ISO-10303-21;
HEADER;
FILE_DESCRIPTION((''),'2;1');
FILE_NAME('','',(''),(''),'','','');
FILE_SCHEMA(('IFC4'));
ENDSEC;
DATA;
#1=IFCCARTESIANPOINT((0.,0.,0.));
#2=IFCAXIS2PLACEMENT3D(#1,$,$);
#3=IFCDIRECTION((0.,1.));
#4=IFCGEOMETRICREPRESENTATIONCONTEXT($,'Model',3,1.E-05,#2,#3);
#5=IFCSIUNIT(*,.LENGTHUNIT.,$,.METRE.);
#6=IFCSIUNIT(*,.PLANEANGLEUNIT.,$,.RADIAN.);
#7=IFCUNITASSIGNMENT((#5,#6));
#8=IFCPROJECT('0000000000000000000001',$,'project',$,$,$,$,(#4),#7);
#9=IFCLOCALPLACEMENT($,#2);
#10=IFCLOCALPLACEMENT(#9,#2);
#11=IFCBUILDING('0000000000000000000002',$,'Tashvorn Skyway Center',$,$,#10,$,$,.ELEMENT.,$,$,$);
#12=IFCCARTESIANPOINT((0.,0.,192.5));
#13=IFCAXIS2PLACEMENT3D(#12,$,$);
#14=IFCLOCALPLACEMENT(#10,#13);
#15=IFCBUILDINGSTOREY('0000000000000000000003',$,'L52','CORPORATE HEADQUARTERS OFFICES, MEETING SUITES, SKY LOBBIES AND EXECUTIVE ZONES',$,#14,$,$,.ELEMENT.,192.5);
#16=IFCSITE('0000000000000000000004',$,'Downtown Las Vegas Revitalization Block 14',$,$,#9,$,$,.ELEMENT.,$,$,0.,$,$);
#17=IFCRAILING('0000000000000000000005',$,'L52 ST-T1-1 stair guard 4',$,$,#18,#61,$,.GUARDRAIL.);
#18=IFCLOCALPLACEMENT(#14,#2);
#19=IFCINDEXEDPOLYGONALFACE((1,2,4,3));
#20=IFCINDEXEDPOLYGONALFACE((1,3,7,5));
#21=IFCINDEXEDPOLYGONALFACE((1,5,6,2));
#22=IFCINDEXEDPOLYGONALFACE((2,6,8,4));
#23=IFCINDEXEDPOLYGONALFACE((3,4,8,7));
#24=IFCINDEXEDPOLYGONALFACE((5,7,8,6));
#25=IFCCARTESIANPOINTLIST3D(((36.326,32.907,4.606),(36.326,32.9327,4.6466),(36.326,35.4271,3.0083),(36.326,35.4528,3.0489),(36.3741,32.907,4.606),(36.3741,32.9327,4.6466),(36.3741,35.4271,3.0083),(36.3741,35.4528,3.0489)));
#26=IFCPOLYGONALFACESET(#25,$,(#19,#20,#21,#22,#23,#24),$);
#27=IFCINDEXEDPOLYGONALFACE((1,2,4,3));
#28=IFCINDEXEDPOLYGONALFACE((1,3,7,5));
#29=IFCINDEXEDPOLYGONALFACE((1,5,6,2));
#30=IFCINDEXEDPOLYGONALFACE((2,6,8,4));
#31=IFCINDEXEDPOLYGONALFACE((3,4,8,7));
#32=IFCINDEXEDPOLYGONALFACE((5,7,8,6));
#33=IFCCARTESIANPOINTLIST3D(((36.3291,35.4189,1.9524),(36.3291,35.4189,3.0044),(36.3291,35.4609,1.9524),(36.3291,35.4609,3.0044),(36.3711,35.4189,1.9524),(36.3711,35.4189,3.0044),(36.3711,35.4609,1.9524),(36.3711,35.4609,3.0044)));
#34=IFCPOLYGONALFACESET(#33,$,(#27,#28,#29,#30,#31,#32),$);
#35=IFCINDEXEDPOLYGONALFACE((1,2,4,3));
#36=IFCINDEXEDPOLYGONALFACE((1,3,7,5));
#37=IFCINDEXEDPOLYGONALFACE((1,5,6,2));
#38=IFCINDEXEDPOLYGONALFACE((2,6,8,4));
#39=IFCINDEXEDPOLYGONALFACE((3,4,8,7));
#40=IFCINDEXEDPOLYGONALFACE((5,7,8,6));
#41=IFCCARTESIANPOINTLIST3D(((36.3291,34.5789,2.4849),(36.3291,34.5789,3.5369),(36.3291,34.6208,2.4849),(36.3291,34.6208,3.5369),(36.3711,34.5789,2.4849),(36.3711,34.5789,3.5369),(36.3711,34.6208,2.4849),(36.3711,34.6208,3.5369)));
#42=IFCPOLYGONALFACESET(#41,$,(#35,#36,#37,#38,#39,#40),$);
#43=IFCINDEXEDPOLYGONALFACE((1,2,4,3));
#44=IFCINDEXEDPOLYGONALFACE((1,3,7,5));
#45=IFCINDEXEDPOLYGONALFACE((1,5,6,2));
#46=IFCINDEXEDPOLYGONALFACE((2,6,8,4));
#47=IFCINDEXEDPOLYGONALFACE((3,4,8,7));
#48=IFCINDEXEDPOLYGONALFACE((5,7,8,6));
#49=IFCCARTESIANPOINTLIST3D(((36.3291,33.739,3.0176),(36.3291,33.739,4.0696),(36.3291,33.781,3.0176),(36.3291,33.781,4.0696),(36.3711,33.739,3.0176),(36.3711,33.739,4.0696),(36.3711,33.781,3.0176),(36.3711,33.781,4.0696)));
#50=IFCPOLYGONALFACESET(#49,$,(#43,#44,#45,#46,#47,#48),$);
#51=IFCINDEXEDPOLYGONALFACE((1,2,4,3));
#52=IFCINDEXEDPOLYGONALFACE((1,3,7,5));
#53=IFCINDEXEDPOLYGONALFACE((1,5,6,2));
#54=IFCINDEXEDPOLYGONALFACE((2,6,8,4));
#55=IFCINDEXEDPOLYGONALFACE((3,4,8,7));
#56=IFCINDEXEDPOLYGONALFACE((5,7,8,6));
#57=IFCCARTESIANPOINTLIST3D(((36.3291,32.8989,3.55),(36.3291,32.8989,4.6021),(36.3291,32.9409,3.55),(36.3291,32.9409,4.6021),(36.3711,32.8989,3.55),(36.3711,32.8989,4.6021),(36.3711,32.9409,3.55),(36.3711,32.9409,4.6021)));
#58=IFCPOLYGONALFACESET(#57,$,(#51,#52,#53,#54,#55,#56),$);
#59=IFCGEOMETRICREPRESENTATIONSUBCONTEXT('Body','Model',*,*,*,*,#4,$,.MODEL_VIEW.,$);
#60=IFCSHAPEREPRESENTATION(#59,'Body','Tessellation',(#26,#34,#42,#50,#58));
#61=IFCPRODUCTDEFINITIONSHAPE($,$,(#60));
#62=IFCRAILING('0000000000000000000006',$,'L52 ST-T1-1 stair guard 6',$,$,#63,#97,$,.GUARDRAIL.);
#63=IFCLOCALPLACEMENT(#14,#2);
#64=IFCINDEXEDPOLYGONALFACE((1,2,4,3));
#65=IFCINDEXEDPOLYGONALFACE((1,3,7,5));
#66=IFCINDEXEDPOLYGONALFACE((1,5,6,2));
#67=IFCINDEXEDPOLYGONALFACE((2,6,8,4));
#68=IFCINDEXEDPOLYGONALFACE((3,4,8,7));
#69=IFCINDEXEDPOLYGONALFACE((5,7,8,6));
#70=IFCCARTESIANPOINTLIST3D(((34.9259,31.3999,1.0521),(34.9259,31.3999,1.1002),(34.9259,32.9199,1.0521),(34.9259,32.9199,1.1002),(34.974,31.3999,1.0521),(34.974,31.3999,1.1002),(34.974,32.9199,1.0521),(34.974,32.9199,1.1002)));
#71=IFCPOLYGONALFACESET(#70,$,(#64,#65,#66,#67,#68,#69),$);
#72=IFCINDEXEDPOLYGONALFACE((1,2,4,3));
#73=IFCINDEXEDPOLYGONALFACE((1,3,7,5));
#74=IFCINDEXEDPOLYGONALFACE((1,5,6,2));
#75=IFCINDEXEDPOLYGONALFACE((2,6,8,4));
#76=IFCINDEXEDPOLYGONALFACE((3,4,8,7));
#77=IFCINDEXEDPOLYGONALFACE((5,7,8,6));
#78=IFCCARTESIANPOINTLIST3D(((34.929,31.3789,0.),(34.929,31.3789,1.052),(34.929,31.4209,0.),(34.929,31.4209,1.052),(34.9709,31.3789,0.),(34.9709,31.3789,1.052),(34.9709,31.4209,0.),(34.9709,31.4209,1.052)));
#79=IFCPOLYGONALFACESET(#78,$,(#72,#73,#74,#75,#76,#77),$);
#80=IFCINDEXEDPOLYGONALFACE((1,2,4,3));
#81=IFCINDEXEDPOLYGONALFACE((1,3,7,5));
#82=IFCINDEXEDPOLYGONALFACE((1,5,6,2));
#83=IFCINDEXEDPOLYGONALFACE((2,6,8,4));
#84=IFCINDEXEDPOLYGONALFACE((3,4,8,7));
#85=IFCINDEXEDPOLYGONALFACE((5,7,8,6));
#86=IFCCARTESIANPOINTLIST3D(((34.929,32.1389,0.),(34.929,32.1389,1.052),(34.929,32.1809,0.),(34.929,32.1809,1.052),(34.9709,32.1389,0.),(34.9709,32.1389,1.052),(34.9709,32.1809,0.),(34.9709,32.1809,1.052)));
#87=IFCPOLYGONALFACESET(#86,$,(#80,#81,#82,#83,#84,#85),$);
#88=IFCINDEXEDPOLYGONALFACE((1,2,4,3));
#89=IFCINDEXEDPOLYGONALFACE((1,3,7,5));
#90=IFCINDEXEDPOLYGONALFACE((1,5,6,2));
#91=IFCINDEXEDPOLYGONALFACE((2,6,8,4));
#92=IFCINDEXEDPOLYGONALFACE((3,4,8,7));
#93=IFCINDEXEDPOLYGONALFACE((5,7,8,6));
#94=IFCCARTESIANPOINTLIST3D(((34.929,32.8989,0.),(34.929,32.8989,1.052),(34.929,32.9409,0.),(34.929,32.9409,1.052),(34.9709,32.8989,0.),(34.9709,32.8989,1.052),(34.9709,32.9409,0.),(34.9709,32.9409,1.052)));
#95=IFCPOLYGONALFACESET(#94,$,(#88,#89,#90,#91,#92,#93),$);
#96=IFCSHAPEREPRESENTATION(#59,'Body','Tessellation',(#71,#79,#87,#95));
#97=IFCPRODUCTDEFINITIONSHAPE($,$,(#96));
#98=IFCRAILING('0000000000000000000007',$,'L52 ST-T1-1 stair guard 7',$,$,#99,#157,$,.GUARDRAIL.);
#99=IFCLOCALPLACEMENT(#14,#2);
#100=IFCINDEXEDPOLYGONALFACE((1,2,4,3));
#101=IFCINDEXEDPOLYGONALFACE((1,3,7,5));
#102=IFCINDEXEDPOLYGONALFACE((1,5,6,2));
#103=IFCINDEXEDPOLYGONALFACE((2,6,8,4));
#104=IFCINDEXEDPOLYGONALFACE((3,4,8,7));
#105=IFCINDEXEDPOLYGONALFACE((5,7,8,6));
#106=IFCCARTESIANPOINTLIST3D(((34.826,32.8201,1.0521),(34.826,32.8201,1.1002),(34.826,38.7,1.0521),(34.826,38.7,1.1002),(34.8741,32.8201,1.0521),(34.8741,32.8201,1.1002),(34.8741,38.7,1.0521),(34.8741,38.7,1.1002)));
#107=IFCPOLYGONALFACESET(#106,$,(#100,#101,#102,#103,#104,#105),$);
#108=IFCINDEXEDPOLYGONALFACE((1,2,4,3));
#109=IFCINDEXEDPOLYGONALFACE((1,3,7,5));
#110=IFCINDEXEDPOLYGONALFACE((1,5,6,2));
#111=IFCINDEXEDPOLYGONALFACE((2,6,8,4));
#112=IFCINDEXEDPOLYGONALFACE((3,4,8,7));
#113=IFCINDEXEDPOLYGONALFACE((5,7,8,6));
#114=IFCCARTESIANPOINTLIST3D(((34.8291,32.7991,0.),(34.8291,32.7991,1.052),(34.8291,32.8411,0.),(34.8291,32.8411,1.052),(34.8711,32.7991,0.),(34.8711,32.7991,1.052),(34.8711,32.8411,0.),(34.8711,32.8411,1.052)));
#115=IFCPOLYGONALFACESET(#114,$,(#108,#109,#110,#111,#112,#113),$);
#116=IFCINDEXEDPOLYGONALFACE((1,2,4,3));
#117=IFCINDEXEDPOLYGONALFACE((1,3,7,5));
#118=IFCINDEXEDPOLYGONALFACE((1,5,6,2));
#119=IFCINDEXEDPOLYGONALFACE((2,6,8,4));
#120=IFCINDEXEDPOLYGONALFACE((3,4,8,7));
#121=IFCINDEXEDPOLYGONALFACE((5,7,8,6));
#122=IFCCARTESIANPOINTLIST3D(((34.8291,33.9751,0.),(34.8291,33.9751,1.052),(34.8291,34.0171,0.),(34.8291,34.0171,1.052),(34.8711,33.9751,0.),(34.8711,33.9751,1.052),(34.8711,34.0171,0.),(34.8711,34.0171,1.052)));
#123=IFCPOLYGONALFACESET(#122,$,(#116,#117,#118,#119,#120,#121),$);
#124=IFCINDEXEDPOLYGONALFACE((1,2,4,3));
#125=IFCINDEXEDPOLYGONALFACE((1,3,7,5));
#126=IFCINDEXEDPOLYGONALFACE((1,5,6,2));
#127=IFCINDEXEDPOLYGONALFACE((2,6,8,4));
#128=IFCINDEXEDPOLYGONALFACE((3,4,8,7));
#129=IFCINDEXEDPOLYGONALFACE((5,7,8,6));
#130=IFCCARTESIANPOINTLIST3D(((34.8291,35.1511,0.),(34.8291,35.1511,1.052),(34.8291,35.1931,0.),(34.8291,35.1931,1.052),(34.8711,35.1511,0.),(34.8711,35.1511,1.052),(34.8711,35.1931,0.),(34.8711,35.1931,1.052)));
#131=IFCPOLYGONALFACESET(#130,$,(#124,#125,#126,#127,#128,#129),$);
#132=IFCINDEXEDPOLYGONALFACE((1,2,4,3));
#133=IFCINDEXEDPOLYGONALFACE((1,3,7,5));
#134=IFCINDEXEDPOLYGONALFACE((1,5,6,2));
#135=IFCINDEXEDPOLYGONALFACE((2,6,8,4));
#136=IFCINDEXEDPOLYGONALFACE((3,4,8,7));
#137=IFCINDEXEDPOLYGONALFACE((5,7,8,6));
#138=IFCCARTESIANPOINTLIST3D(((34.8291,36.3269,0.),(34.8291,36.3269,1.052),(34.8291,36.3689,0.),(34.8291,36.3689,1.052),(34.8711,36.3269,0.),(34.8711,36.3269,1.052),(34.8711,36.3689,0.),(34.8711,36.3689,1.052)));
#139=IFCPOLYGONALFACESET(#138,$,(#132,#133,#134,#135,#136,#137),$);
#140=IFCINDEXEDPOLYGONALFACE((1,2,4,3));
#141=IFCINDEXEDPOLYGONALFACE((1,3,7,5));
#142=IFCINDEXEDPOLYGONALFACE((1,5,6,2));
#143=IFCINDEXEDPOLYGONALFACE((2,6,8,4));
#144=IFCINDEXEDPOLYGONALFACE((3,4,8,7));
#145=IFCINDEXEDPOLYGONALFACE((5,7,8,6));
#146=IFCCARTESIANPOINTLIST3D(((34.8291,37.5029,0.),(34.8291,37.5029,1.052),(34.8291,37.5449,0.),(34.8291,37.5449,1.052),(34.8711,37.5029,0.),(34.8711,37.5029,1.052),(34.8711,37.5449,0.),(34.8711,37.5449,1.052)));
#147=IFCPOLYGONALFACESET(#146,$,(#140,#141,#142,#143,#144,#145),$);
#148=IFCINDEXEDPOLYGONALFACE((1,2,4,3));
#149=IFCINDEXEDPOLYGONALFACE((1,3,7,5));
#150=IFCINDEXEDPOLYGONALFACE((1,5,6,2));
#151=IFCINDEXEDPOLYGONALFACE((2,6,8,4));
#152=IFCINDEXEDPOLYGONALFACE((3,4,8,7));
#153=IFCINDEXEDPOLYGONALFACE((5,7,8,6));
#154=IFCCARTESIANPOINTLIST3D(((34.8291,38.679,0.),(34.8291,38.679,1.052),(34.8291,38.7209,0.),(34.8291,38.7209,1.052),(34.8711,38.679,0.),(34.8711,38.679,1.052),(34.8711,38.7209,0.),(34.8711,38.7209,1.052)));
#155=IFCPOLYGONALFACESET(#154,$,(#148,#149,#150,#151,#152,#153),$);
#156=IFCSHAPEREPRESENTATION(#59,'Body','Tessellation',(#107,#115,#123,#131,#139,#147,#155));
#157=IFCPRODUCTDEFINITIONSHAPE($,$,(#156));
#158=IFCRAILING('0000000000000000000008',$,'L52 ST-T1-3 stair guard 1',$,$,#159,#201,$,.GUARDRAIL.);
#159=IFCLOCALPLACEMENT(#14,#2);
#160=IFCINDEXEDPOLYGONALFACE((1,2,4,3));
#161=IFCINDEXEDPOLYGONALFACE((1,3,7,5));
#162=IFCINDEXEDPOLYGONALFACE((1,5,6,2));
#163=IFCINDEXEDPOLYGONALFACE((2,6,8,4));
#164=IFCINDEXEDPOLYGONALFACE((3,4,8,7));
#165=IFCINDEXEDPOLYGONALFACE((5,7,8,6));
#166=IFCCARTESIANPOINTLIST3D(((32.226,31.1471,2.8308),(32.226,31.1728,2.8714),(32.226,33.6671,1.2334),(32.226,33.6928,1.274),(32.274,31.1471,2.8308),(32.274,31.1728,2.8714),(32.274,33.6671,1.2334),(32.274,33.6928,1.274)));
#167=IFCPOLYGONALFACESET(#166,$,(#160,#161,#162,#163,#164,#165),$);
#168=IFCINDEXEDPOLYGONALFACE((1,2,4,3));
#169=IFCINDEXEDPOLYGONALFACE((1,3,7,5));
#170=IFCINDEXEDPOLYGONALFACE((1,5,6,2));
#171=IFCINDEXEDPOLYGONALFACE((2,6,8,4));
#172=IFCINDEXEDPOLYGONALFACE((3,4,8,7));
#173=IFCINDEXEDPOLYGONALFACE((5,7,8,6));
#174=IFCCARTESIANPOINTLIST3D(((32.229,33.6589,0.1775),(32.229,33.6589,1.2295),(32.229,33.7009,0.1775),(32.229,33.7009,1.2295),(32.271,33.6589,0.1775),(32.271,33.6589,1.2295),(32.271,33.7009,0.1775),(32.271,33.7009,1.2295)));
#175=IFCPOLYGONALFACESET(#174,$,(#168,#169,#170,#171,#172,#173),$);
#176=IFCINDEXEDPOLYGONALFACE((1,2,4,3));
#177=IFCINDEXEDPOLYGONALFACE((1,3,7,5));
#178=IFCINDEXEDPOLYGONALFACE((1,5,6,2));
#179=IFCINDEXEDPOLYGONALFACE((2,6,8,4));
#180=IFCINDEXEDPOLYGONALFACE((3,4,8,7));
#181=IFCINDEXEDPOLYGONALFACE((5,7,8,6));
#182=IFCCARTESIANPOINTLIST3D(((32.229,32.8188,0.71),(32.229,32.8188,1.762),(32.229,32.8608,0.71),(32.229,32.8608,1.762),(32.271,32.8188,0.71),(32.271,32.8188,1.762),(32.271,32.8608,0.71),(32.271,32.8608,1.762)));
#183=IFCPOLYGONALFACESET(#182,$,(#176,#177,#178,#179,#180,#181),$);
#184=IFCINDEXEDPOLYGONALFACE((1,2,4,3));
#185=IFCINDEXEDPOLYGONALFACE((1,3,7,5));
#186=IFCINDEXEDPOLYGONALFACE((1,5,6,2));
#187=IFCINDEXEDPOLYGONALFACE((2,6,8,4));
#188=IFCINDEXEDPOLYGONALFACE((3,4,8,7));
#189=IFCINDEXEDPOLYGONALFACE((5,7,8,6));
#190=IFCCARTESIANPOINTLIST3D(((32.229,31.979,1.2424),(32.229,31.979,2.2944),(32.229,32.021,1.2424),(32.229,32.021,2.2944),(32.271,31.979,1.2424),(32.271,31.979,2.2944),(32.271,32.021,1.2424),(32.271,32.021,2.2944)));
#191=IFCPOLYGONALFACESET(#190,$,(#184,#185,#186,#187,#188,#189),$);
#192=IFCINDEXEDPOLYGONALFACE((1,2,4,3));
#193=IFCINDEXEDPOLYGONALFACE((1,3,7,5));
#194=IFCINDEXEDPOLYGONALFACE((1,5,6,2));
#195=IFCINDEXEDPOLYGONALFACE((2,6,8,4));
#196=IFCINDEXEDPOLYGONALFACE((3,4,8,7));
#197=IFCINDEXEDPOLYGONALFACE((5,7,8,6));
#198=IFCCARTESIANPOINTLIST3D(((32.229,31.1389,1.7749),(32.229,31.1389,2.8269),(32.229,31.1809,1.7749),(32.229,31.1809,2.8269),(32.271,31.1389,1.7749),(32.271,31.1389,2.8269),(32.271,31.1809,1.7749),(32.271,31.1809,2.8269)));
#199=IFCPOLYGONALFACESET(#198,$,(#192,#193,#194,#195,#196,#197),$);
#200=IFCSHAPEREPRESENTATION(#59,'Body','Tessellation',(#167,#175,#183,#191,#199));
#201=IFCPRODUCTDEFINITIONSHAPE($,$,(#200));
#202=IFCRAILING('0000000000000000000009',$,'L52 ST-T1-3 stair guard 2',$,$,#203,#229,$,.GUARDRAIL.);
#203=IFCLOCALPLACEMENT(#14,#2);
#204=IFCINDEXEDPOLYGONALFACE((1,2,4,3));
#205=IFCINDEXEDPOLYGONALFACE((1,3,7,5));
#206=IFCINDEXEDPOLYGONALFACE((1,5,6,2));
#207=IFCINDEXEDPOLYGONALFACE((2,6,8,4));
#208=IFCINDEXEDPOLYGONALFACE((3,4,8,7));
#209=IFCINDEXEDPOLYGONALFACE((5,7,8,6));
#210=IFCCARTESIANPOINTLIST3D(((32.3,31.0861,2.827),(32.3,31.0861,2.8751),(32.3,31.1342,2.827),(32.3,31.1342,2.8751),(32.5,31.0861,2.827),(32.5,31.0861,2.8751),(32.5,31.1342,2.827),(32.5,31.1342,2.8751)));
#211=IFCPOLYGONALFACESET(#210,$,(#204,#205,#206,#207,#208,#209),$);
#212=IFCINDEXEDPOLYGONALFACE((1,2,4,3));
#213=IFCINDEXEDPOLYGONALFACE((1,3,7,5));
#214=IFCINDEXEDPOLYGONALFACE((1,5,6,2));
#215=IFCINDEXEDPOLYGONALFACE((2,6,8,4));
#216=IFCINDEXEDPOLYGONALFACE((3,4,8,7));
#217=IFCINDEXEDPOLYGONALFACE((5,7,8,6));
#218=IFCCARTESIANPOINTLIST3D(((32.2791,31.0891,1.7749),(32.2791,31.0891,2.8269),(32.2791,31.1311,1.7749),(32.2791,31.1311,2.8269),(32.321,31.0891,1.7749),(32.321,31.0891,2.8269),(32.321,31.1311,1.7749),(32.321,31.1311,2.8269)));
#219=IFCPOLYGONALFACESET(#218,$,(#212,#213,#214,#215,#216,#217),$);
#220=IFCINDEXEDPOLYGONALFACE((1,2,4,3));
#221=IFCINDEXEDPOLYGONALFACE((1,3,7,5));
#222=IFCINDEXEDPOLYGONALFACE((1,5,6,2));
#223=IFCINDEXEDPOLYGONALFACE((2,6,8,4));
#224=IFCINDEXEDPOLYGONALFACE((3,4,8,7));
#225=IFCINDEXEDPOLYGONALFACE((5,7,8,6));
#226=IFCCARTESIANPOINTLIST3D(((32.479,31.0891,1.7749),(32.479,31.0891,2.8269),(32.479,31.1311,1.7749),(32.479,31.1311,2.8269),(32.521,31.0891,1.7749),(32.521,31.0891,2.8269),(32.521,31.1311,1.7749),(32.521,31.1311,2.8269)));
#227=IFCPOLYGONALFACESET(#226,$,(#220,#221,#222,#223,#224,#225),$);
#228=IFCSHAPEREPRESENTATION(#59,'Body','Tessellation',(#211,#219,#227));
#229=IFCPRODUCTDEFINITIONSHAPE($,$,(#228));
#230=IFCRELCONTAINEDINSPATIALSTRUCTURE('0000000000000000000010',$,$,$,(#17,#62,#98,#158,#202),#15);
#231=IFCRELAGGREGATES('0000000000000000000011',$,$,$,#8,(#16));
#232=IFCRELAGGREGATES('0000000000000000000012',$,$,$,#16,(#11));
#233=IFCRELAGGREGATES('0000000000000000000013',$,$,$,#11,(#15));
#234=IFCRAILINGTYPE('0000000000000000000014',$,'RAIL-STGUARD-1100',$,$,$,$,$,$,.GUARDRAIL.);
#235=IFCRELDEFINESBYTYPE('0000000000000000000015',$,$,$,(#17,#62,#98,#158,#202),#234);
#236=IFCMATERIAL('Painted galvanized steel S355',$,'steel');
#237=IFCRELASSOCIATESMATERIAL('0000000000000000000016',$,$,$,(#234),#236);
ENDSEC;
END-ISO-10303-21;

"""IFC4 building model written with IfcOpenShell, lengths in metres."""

from ifc_helpers import new_model, si_unit, direction, frame, origin, origin_2d, place, context, subcontext, project, spatial, rectangle, extrude, material, type_object, element, save


model = new_model("IFC4")

# Units and contexts
model_context = context("Model", 3, precision=1e-05, world=origin(), true_north=direction((0.0, 1.0)))
body_context = subcontext(model_context, "Body", "Model", "MODEL_VIEW")
ifc_project = project(units=[si_unit("LENGTHUNIT", "METRE"), si_unit("PLANEANGLEUNIT", "RADIAN")], contexts=[model_context])

# Site, building, storey
site_placement = place(None, origin())
site = spatial("IfcSite", under=ifc_project, at=site_placement, Name="Downtown Las Vegas Revitalization Block 14", CompositionType="ELEMENT", RefElevation=0.0)
building_placement = place(site_placement, origin())
building = spatial("IfcBuilding", under=site, at=building_placement, Name="Tashvorn Skyway Center", CompositionType="ELEMENT")
storey_placement = place(building_placement, frame((0.0, 0.0, 192.5)))
storey = spatial("IfcBuildingStorey", under=building, at=storey_placement, Name="L52", Description="CORPORATE HEADQUARTERS OFFICES, MEETING SUITES, SKY LOBBIES AND EXECUTIVE ZONES", CompositionType="ELEMENT", Elevation=192.5)

# Railings
ifc_material_1 = material(Name="Painted galvanized steel S355", Category="steel")
railing_type_1 = type_object("IfcRailingType", Name="RAIL-STGUARD-1100", PredefinedType="GUARDRAIL", material=ifc_material_1)
railing_1_placement = place(storey_placement, frame((36.3501, 35.4399, 1.9524)))
element("IfcRailing", 1, at=railing_1_placement, inside=storey, type_object=railing_type_1, Name="L52 ST-T1-1 stair guard 4", PredefinedType="GUARDRAIL", context=body_context, shape_type="SweptSolid", body=[
    extrude(rectangle(XDim=0.0481, YDim=0.0481, at=origin_2d()), frame((0.0, 0.0, 1.0762), z_axis=(0.0, -0.84457, 0.535445), x_axis=(1.0, 0.0, 0.0)), (0.0, 0.0, 1.0), 2.9839),
    extrude(rectangle(XDim=0.042, YDim=0.042, at=origin_2d()), origin(), (0.0, 0.0, 1.0), 1.052),
    extrude(rectangle(XDim=0.042, YDim=0.042, at=origin_2d()), frame((0.0, -0.8401, 0.5325)), (0.0, 0.0, 1.0), 1.052),
    extrude(rectangle(XDim=0.042, YDim=0.042, at=origin_2d()), frame((0.0, -1.6799, 1.0652)), (0.0, 0.0, 1.0), 1.052),
    extrude(rectangle(XDim=0.042, YDim=0.042, at=origin_2d()), frame((0.0, -2.52, 1.5977)), (0.0, 0.0, 1.0), 1.052),
])
railing_2_placement = place(storey_placement, frame((34.95, 31.3999, 0.0)))
element("IfcRailing", 2, at=railing_2_placement, inside=storey, type_object=railing_type_1, Name="L52 ST-T1-1 stair guard 6", PredefinedType="GUARDRAIL", context=body_context, shape_type="SweptSolid", body=[
    extrude(rectangle(XDim=0.0481, YDim=0.0481, at=origin_2d()), frame((0.0, 0.0, 1.0762), z_axis=(0.0, 1.0, 0.0), x_axis=(-1.0, 0.0, 0.0)), (0.0, 0.0, 1.0), 1.52),
    extrude(rectangle(XDim=0.042, YDim=0.042, at=origin_2d()), origin(), (0.0, 0.0, 1.0), 1.052),
    extrude(rectangle(XDim=0.042, YDim=0.042, at=origin_2d()), frame((0.0, 0.76, 0.0)), (0.0, 0.0, 1.0), 1.052),
    extrude(rectangle(XDim=0.042, YDim=0.042, at=origin_2d()), frame((0.0, 1.52, 0.0)), (0.0, 0.0, 1.0), 1.052),
])
railing_3_placement = place(storey_placement, frame((34.8501, 32.8201, 0.0)))
element("IfcRailing", 3, at=railing_3_placement, inside=storey, type_object=railing_type_1, Name="L52 ST-T1-1 stair guard 7", PredefinedType="GUARDRAIL", context=body_context, shape_type="SweptSolid", body=[
    extrude(rectangle(XDim=0.0481, YDim=0.0481, at=origin_2d()), frame((0.0, 0.0, 1.0762), z_axis=(0.0, 1.0, 0.0), x_axis=(-1.0, 0.0, 0.0)), (0.0, 0.0, 1.0), 5.8799),
    extrude(rectangle(XDim=0.042, YDim=0.042, at=origin_2d()), origin(), (0.0, 0.0, 1.0), 1.052),
    extrude(rectangle(XDim=0.042, YDim=0.042, at=origin_2d()), frame((0.0, 1.176, 0.0)), (0.0, 0.0, 1.0), 1.052),
    extrude(rectangle(XDim=0.042, YDim=0.042, at=origin_2d()), frame((0.0, 2.3521, 0.0)), (0.0, 0.0, 1.0), 1.052),
    extrude(rectangle(XDim=0.042, YDim=0.042, at=origin_2d()), frame((0.0, 3.5278, 0.0)), (0.0, 0.0, 1.0), 1.052),
    extrude(rectangle(XDim=0.042, YDim=0.042, at=origin_2d()), frame((0.0, 4.7039, 0.0)), (0.0, 0.0, 1.0), 1.052),
    extrude(rectangle(XDim=0.042, YDim=0.042, at=origin_2d()), frame((0.0, 5.8799, 0.0)), (0.0, 0.0, 1.0), 1.052),
])
railing_4_placement = place(storey_placement, frame((32.25, 33.6799, 0.1775)))
element("IfcRailing", 4, at=railing_4_placement, inside=storey, type_object=railing_type_1, Name="L52 ST-T1-3 stair guard 1", PredefinedType="GUARDRAIL", context=body_context, shape_type="SweptSolid", body=[
    extrude(rectangle(XDim=0.0481, YDim=0.0481, at=origin_2d()), frame((0.0, 0.0, 1.0762), z_axis=(0.0, -0.844607, 0.535387), x_axis=(1.0, 0.0, 0.0)), (0.0, 0.0, 1.0), 2.9836),
    extrude(rectangle(XDim=0.042, YDim=0.042, at=origin_2d()), origin(), (0.0, 0.0, 1.0), 1.052),
    extrude(rectangle(XDim=0.042, YDim=0.042, at=origin_2d()), frame((0.0, -0.8401, 0.5325)), (0.0, 0.0, 1.0), 1.052),
    extrude(rectangle(XDim=0.042, YDim=0.042, at=origin_2d()), frame((0.0, -1.6799, 1.0649)), (0.0, 0.0, 1.0), 1.052),
    extrude(rectangle(XDim=0.042, YDim=0.042, at=origin_2d()), frame((0.0, -2.52, 1.5974)), (0.0, 0.0, 1.0), 1.052),
])
railing_5_placement = place(storey_placement, frame((32.3, 31.1101, 1.7749)))
element("IfcRailing", 5, at=railing_5_placement, inside=storey, type_object=railing_type_1, Name="L52 ST-T1-3 stair guard 2", PredefinedType="GUARDRAIL", context=body_context, shape_type="SweptSolid", body=[
    extrude(rectangle(XDim=0.0481, YDim=0.0481, at=origin_2d()), frame((0.0, 0.0, 1.0762), z_axis=(1.0, 0.0, 0.0), x_axis=(0.0, 1.0, 0.0)), (0.0, 0.0, 1.0), 0.2),
    extrude(rectangle(XDim=0.042, YDim=0.042, at=origin_2d()), origin(), (0.0, 0.0, 1.0), 1.052),
    extrude(rectangle(XDim=0.042, YDim=0.042, at=origin_2d()), frame((0.2, 0.0, 0.0)), (0.0, 0.0, 1.0), 1.052),
])

save(model, "model.ifc")
